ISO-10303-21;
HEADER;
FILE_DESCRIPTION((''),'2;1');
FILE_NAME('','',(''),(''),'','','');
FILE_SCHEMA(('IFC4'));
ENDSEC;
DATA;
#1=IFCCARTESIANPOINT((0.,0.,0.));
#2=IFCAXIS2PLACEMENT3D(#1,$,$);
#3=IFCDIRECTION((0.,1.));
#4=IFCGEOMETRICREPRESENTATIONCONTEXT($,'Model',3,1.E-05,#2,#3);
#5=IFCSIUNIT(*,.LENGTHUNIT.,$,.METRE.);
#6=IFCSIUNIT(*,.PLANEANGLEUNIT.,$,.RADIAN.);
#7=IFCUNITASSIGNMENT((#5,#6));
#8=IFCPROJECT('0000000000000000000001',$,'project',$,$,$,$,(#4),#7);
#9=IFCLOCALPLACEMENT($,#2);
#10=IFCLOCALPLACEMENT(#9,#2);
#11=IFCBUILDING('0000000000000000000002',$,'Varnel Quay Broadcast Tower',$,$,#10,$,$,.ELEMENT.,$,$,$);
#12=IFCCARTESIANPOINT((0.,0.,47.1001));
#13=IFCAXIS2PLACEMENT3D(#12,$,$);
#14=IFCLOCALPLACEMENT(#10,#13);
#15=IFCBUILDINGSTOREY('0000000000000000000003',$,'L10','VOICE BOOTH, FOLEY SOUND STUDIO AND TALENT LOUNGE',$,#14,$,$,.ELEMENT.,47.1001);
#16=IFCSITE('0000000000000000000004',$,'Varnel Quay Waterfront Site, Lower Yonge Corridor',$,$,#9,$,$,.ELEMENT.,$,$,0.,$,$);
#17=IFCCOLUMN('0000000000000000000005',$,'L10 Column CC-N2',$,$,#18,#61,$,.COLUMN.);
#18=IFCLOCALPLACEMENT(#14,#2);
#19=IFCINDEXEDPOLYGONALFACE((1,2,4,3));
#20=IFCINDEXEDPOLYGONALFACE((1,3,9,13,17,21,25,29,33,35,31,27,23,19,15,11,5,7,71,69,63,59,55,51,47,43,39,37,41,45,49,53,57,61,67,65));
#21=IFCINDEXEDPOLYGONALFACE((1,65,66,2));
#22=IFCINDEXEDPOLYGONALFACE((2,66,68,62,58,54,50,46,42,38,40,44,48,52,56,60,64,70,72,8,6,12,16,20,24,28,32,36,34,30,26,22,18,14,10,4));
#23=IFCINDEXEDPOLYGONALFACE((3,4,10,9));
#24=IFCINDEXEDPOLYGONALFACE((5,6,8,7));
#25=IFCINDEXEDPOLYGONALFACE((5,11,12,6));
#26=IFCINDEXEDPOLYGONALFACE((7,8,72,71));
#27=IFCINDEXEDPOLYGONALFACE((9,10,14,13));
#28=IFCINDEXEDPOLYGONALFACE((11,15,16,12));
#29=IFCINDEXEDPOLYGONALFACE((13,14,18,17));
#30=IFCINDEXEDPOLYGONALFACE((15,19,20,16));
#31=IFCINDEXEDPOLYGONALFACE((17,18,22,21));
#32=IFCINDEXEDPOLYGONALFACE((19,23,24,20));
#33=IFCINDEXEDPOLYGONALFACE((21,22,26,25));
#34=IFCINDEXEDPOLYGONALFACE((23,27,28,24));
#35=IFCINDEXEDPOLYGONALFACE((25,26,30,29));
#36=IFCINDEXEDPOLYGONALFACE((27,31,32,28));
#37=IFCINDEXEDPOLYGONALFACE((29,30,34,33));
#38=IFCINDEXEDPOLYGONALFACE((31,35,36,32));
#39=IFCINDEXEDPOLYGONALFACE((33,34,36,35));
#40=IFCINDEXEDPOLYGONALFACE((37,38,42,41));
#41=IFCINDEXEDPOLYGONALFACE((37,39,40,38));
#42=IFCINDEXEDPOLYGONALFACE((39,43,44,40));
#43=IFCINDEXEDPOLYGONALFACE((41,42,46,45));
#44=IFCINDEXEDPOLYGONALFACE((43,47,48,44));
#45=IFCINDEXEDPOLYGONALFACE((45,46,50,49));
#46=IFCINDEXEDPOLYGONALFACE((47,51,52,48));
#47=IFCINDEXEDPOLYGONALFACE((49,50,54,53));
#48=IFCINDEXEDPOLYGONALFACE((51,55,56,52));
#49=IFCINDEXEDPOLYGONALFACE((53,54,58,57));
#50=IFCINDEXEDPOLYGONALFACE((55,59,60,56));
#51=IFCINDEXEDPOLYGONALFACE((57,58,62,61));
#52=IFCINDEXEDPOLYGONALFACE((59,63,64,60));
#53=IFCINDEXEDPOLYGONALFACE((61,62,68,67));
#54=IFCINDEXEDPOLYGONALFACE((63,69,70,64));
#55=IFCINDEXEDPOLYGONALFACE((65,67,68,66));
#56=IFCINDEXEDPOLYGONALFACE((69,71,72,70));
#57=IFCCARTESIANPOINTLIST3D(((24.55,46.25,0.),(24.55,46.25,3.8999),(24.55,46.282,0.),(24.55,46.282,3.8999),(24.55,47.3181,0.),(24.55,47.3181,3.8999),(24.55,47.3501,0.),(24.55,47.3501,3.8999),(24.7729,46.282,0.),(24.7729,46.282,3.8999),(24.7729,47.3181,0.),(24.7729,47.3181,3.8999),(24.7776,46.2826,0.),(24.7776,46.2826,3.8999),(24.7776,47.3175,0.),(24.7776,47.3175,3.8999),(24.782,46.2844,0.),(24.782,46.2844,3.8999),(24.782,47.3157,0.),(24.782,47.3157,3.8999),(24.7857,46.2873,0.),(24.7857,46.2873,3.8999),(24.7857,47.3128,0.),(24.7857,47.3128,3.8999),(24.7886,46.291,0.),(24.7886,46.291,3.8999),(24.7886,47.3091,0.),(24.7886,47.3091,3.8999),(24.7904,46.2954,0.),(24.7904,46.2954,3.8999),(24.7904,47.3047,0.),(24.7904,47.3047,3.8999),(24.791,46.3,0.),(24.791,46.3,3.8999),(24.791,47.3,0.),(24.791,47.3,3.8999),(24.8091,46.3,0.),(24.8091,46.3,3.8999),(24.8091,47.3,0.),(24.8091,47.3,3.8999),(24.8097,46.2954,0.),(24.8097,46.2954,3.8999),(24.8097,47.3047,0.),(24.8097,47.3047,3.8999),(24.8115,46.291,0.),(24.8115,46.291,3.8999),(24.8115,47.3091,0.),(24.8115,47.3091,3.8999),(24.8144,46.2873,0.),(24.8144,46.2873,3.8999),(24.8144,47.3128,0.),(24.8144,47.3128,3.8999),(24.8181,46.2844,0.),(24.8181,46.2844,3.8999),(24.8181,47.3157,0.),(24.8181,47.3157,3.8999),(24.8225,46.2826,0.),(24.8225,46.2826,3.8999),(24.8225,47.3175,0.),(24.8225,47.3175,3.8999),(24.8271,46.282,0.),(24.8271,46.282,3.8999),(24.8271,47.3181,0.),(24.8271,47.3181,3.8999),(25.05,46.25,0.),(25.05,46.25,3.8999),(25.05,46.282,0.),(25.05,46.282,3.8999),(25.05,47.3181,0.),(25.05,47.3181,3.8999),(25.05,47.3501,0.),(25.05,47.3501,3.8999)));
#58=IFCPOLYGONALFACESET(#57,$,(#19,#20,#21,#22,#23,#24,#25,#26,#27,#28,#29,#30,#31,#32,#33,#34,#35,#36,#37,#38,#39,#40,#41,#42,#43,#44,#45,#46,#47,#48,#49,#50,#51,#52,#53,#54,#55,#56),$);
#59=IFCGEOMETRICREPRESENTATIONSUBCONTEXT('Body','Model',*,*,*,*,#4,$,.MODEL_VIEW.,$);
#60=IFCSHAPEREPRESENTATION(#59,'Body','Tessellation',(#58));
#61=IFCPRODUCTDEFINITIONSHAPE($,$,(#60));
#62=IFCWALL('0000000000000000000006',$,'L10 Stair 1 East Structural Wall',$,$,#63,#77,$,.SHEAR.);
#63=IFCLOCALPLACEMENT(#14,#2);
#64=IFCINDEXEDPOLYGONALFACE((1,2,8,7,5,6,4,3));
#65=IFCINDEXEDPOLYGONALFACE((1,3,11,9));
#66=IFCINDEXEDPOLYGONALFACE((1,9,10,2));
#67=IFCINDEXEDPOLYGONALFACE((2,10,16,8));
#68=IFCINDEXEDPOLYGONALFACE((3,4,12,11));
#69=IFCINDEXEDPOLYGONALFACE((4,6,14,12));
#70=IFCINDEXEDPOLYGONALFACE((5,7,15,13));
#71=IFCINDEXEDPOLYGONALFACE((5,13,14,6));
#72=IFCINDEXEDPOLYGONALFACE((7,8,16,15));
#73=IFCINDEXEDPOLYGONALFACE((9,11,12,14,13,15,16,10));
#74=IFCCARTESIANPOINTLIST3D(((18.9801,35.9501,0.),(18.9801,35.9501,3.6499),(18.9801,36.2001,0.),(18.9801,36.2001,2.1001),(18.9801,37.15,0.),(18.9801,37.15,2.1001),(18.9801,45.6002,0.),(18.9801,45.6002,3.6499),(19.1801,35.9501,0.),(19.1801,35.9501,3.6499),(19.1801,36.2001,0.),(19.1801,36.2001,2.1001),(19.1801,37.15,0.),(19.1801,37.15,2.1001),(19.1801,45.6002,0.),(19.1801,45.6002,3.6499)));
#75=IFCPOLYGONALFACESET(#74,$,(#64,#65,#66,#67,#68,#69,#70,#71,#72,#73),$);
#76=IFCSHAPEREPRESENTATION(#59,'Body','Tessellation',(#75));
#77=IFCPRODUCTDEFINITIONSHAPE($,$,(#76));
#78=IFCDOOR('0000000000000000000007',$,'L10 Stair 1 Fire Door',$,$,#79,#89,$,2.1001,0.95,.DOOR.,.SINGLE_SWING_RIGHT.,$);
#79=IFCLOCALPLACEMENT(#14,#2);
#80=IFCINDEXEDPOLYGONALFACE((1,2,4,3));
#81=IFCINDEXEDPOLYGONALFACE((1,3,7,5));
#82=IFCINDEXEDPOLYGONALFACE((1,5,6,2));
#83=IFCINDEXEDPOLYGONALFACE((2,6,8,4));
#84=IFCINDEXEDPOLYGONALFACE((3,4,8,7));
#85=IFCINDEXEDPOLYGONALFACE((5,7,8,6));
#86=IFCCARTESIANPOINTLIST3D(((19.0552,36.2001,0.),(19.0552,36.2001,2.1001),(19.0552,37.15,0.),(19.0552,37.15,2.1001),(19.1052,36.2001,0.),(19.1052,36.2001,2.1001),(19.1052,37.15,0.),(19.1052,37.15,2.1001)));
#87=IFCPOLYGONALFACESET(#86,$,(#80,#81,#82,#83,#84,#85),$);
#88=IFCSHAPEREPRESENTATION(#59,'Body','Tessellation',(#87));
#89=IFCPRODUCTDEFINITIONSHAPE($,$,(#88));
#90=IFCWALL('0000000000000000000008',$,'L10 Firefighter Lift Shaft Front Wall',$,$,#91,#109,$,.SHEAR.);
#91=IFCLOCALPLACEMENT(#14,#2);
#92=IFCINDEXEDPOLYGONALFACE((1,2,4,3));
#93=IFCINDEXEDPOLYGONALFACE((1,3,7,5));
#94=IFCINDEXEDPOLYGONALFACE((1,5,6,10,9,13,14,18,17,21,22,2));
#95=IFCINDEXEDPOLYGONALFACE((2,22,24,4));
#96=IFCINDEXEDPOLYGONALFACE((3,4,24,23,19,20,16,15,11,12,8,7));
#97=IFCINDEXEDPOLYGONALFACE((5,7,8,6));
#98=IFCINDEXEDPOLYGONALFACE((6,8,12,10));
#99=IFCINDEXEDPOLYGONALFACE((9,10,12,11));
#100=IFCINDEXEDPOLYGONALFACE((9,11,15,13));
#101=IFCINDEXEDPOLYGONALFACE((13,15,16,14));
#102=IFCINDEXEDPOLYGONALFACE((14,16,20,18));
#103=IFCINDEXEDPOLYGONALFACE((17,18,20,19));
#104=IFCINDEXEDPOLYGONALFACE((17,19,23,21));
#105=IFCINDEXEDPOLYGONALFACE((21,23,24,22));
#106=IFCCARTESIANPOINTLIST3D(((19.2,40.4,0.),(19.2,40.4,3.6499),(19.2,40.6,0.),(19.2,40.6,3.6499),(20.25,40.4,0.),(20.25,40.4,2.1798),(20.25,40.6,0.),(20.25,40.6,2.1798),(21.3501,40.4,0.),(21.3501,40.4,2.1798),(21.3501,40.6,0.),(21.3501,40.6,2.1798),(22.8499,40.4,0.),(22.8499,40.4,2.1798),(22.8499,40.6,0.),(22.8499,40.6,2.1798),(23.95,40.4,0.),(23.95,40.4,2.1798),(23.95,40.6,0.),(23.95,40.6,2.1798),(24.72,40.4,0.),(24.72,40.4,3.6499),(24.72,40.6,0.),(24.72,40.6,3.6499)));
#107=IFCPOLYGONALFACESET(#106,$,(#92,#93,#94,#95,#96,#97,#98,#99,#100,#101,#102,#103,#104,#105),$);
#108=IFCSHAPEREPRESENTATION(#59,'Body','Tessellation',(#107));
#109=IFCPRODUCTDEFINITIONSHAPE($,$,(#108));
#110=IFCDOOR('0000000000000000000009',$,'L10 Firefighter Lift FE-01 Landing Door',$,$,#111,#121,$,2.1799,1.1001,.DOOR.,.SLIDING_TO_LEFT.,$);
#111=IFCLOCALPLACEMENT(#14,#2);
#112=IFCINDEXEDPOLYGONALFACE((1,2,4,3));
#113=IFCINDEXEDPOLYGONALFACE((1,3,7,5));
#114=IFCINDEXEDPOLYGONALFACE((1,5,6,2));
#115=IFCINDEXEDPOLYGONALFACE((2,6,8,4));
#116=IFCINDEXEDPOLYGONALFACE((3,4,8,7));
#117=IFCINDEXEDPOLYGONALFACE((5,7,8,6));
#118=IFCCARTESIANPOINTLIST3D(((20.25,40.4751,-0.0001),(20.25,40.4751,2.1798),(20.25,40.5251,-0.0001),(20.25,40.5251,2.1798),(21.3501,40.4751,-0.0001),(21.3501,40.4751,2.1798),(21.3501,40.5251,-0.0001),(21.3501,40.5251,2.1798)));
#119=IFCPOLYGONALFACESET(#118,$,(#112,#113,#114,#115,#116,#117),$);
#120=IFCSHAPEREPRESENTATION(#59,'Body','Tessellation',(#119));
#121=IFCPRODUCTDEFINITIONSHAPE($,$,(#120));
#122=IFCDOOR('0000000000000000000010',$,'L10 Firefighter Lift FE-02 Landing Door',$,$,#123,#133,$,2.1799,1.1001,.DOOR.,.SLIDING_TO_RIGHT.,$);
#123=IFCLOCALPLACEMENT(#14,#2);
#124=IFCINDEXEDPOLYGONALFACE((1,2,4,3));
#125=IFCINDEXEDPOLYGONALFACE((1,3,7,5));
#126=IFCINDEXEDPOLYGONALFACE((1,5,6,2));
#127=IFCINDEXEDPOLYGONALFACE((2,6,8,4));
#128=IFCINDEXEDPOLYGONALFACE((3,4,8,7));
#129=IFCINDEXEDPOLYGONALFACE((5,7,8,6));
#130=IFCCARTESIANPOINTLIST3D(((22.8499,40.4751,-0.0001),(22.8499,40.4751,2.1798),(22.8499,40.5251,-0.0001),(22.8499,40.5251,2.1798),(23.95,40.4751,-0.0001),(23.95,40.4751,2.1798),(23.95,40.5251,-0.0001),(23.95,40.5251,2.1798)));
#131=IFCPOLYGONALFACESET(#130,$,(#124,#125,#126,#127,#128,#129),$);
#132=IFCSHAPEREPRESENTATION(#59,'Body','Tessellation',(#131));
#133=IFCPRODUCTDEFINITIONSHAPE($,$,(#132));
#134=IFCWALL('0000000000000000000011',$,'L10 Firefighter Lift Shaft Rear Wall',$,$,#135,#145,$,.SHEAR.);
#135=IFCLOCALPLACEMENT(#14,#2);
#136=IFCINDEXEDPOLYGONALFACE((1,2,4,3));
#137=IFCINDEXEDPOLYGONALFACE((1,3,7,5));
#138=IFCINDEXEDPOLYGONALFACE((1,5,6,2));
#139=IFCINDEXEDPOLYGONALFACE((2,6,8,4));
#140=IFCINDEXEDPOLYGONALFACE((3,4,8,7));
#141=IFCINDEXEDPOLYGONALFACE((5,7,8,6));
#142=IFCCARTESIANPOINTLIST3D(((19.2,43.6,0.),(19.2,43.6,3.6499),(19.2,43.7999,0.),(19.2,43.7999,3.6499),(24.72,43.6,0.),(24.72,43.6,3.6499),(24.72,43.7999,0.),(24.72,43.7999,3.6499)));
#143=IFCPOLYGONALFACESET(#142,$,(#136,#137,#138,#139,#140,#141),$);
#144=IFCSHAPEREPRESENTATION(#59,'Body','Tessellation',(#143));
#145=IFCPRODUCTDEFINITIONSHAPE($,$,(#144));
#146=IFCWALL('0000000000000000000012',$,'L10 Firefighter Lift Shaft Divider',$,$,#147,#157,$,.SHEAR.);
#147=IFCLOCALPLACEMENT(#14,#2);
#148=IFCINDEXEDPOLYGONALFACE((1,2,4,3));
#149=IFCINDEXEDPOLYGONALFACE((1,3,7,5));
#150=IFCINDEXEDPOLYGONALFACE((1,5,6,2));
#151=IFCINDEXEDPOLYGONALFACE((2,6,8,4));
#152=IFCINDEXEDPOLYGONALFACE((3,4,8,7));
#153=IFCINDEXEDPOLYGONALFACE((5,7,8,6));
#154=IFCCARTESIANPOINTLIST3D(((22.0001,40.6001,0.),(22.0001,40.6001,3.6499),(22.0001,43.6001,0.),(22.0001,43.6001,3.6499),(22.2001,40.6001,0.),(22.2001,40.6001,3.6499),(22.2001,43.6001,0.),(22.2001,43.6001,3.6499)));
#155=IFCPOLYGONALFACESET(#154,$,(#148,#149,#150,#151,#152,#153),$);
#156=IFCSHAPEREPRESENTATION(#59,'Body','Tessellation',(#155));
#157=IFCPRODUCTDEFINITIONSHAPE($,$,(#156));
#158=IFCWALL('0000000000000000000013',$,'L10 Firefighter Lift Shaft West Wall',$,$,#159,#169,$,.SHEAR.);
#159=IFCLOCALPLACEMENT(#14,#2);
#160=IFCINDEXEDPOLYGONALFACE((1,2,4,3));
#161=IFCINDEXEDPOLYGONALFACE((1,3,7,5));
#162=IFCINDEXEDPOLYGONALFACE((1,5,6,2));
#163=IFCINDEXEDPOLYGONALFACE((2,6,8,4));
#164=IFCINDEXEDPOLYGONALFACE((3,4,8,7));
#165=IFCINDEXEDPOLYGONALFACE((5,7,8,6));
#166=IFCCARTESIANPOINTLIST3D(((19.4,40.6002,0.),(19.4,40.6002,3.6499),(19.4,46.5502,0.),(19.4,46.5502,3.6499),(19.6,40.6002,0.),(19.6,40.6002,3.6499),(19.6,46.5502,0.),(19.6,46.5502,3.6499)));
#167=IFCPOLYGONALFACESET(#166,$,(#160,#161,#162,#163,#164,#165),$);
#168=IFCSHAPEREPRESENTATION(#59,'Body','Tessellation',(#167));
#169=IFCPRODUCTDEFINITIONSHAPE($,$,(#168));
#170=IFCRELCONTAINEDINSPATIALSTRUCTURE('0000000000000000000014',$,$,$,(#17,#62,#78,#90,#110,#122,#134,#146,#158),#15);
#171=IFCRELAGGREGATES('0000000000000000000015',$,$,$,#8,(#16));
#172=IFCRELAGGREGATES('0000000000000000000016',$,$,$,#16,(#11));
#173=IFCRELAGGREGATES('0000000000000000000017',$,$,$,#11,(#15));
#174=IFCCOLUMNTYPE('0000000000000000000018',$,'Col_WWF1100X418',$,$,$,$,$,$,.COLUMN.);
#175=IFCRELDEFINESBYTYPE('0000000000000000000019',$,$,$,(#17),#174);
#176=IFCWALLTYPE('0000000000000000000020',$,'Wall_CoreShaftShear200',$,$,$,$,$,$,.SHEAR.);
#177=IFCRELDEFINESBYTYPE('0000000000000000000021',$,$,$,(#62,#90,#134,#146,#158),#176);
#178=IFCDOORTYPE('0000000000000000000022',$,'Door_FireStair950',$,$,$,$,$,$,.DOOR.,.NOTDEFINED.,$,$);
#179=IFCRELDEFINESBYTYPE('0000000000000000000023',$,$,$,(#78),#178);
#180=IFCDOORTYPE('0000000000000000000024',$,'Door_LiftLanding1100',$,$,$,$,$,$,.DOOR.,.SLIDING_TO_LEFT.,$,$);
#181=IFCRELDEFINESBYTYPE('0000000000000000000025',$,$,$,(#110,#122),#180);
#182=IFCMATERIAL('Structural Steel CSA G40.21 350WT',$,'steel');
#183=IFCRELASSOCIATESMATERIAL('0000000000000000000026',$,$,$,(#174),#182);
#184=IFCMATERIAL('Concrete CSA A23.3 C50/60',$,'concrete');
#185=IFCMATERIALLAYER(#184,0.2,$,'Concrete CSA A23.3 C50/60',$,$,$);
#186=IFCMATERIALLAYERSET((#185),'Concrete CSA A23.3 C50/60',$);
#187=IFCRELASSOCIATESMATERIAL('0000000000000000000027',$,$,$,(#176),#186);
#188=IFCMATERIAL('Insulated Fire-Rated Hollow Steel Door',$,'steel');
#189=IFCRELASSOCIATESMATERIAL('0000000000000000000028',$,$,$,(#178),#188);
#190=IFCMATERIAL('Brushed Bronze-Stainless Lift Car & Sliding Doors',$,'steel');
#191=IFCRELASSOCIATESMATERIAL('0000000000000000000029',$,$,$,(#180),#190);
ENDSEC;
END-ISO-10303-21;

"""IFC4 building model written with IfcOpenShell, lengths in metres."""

from ifc_helpers import new_model, si_unit, direction, frame, frame_2d, origin, origin_2d, place, context, subcontext, project, spatial, rectangle, i_section, extrude, source, transform, mapped, material, layer, layer_set, material_profile, profile_set, type_object, type_shapes, element, fill, save


model = new_model("IFC4")

# Units and contexts
model_context = context("Model", 3, precision=1e-05, world=origin(), true_north=direction((0.0, 1.0)))
body_context = subcontext(model_context, "Body", "Model", "MODEL_VIEW")
ifc_project = project(units=[si_unit("LENGTHUNIT", "METRE"), si_unit("PLANEANGLEUNIT", "RADIAN")], contexts=[model_context])

# Site, building, storey
site_placement = place(None, origin())
site = spatial("IfcSite", under=ifc_project, at=site_placement, Name="Varnel Quay Waterfront Site, Lower Yonge Corridor", CompositionType="ELEMENT", RefElevation=0.0)
building_placement = place(site_placement, origin())
building = spatial("IfcBuilding", under=site, at=building_placement, Name="Varnel Quay Broadcast Tower", CompositionType="ELEMENT")
storey_placement = place(building_placement, frame((0.0, 0.0, 47.1001)))
storey = spatial("IfcBuildingStorey", under=building, at=storey_placement, Name="L10", Description="VOICE BOOTH, FOLEY SOUND STUDIO AND TALENT LOUNGE", CompositionType="ELEMENT", Elevation=47.1001)

# Column
ifc_material_1 = material(Name="Structural Steel CSA G40.21 350WT", Category="steel")
ifc_material_profile = material_profile(ifc_material_1, i_section(OverallWidth=0.5, OverallDepth=1.1001, WebThickness=0.0181, FlangeThickness=0.032, FilletRadius=0.0181, at=origin_2d()), Name="WWF1100X418")
ifc_profile_set = profile_set([ifc_material_profile], Name="Structural Steel CSA G40.21 350WT")
column_type = type_object("IfcColumnType", Name="Col_WWF1100X418", PredefinedType="COLUMN", material=ifc_profile_set)
shared_shape_1 = source(origin(), body_context, "Body", "SweptSolid", [
    extrude(i_section(OverallWidth=0.5, OverallDepth=1.1001, WebThickness=0.0181, FlangeThickness=0.032, FilletRadius=0.0181, at=origin_2d()), origin(), (0.0, 0.0, 1.0), 3.8999),
])
type_shapes(column_type, [shared_shape_1])
column_placement = place(storey_placement, frame((24.8, 46.8, 0.0), z_axis=(0.0, 0.0, 1.0), x_axis=(1.0, 0.0, 0.0)))
element("IfcColumn", 1, at=column_placement, inside=storey, type_object=column_type, Name="L10 Column CC-N2", PredefinedType="COLUMN", context=body_context, shape_type="MappedRepresentation", body=[
    mapped(shared_shape_1, transform((0.0, 0.0, 0.0), x_axis=(1.0, 0.0, 0.0), y_axis=(0.0, 1.0, 0.0), z_axis=(0.0, 0.0, 1.0), scale=1.0)),
])

# Wall, opening, door
ifc_material_2 = material(Name="Concrete CSA A23.3 C50/60", Category="concrete")
ifc_layer_1 = layer(ifc_material_2, 0.2, Name="Concrete CSA A23.3 C50/60")
ifc_layer_set_1 = layer_set([ifc_layer_1], Name="Concrete CSA A23.3 C50/60")
wall_type_1 = type_object("IfcWallType", Name="Wall_CoreShaftShear200", PredefinedType="SHEAR", material=ifc_layer_set_1)
wall_1_placement = place(storey_placement, frame((19.0801, 35.95, 0.0), z_axis=(0.0, 0.0, 1.0), x_axis=(0.0, 1.0, 0.0)))
wall_1 = element("IfcWall", 2, at=wall_1_placement, inside=storey, type_object=wall_type_1, Name="L10 Stair 1 East Structural Wall", PredefinedType="SHEAR", context=body_context, shape_type="SweptSolid", body=[
    extrude(rectangle(XDim=9.6501, YDim=0.2, at=frame_2d((4.8252, 0.0))), origin(), (0.0, 0.0, 1.0), 3.6499),
])
opening_1_placement = place(wall_1_placement, frame((0.25, 0.0, 0.0)))
opening_1 = element("IfcOpeningElement", 3, at=opening_1_placement, cuts=wall_1, PredefinedType="OPENING", context=body_context, shape_type="SweptSolid", body=[
    extrude(rectangle(XDim=0.95, YDim=2.1001, at=frame_2d((0.4751, 1.05))), frame((0.0, 0.1099, 0.0), z_axis=(0.0, -1.0, 0.0), x_axis=(1.0, 0.0, 0.0)), (0.0, 0.0, 1.0), 0.22),
])
ifc_material_3 = material(Name="Insulated Fire-Rated Hollow Steel Door", Category="steel")
door_type_1 = type_object("IfcDoorType", Name="Door_FireStair950", OperationType="NOTDEFINED", PredefinedType="DOOR", material=ifc_material_3)
shared_shape_2 = source(origin(), body_context, "Body", "SweptSolid", [
    extrude(rectangle(XDim=0.95, YDim=2.1001, at=frame_2d((0.4751, 1.05))), frame((0.0, 0.0249, 0.0), z_axis=(0.0, -1.0, 0.0), x_axis=(1.0, 0.0, 0.0)), (0.0, 0.0, 1.0), 0.05),
])
type_shapes(door_type_1, [shared_shape_2])
door_1_placement = place(opening_1_placement, origin())
door_1 = element("IfcDoor", 4, at=door_1_placement, inside=storey, type_object=door_type_1, Name="L10 Stair 1 Fire Door", OperationType="SINGLE_SWING_RIGHT", OverallHeight=2.1001, OverallWidth=0.95, PredefinedType="DOOR", context=body_context, shape_type="MappedRepresentation", body=[
    mapped(shared_shape_2, transform((0.0, 0.0, 0.0), x_axis=(1.0, 0.0, 0.0), y_axis=(0.0, 1.0, 0.0), z_axis=(0.0, 0.0, 1.0), scale=1.0)),
])
fill(opening_1, door_1)

# Wall, openings, doors
wall_2_placement = place(storey_placement, frame((19.2, 40.5, 0.0), z_axis=(0.0, 0.0, 1.0), x_axis=(1.0, 0.0, 0.0)))
wall_2 = element("IfcWall", 5, at=wall_2_placement, inside=storey, type_object=wall_type_1, Name="L10 Firefighter Lift Shaft Front Wall", PredefinedType="SHEAR", context=body_context, shape_type="SweptSolid", body=[
    extrude(rectangle(XDim=5.52, YDim=0.2, at=frame_2d((2.76, 0.0))), origin(), (0.0, 0.0, 1.0), 3.6499),
])
opening_2_placement = place(wall_2_placement, frame((1.05, 0.0, 0.0)))
opening_2 = element("IfcOpeningElement", 6, at=opening_2_placement, cuts=wall_2, PredefinedType="OPENING", context=body_context, shape_type="SweptSolid", body=[
    extrude(rectangle(XDim=1.1001, YDim=2.1799, at=frame_2d((0.55, 1.0898))), frame((0.0, 0.1099, 0.0), z_axis=(0.0, -1.0, 0.0), x_axis=(1.0, 0.0, 0.0)), (0.0, 0.0, 1.0), 0.22),
])
opening_3_placement = place(wall_2_placement, frame((3.6499, 0.0, 0.0)))
opening_3 = element("IfcOpeningElement", 7, at=opening_3_placement, cuts=wall_2, PredefinedType="OPENING", context=body_context, shape_type="SweptSolid", body=[
    extrude(rectangle(XDim=1.1001, YDim=2.1799, at=frame_2d((0.55, 1.0898))), frame((0.0, 0.1099, 0.0), z_axis=(0.0, -1.0, 0.0), x_axis=(1.0, 0.0, 0.0)), (0.0, 0.0, 1.0), 0.22),
])
ifc_material_4 = material(Name="Brushed Bronze-Stainless Lift Car & Sliding Doors", Category="steel")
door_type_2 = type_object("IfcDoorType", Name="Door_LiftLanding1100", OperationType="SLIDING_TO_LEFT", PredefinedType="DOOR", material=ifc_material_4)
shared_shape_3 = source(origin(), body_context, "Body", "SweptSolid", [
    extrude(rectangle(XDim=1.1001, YDim=2.1799, at=frame_2d((0.55, 1.0898))), frame((0.0, 0.0249, 0.0), z_axis=(0.0, -1.0, 0.0), x_axis=(1.0, 0.0, 0.0)), (0.0, 0.0, 1.0), 0.05),
])
type_shapes(door_type_2, [shared_shape_3])
door_2_placement = place(opening_2_placement, frame((1.1001, 0.0, 0.0), z_axis=(0.0, 0.0, 1.0), x_axis=(-1.0, 0.0, 0.0)))
door_2 = element("IfcDoor", 8, at=door_2_placement, inside=storey, type_object=door_type_2, Name="L10 Firefighter Lift FE-01 Landing Door", OperationType="SLIDING_TO_LEFT", OverallHeight=2.1799, OverallWidth=1.1001, PredefinedType="DOOR", context=body_context, shape_type="MappedRepresentation", body=[
    mapped(shared_shape_3, transform((0.0, 0.0, 0.0), x_axis=(1.0, 0.0, 0.0), y_axis=(0.0, 1.0, 0.0), z_axis=(0.0, 0.0, 1.0), scale=1.0)),
])
fill(opening_2, door_2)
door_3_placement = place(opening_3_placement, frame((1.1001, 0.0, 0.0), z_axis=(0.0, 0.0, 1.0), x_axis=(-1.0, 0.0, 0.0)))
door_3 = element("IfcDoor", 9, at=door_3_placement, inside=storey, type_object=door_type_2, Name="L10 Firefighter Lift FE-02 Landing Door", OperationType="SLIDING_TO_RIGHT", OverallHeight=2.1799, OverallWidth=1.1001, PredefinedType="DOOR", context=body_context, shape_type="MappedRepresentation", body=[
    mapped(shared_shape_3, transform((0.0, 0.0, 0.0), x_axis=(1.0, 0.0, 0.0), y_axis=(0.0, 1.0, 0.0), z_axis=(0.0, 0.0, 1.0), scale=1.0)),
])
fill(opening_3, door_3)

# Walls
wall_3_placement = place(storey_placement, frame((19.2, 43.7, 0.0), z_axis=(0.0, 0.0, 1.0), x_axis=(1.0, 0.0, 0.0)))
element("IfcWall", 10, at=wall_3_placement, inside=storey, type_object=wall_type_1, Name="L10 Firefighter Lift Shaft Rear Wall", PredefinedType="SHEAR", context=body_context, shape_type="SweptSolid", body=[
    extrude(rectangle(XDim=5.52, YDim=0.2, at=frame_2d((2.76, 0.0))), origin(), (0.0, 0.0, 1.0), 3.6499),
])
wall_4_placement = place(storey_placement, frame((22.1001, 40.6001, 0.0), z_axis=(0.0, 0.0, 1.0), x_axis=(0.0, 1.0, 0.0)))
element("IfcWall", 11, at=wall_4_placement, inside=storey, type_object=wall_type_1, Name="L10 Firefighter Lift Shaft Divider", PredefinedType="SHEAR", context=body_context, shape_type="SweptSolid", body=[
    extrude(rectangle(XDim=3.0, YDim=0.2, at=frame_2d((1.5, 0.0))), origin(), (0.0, 0.0, 1.0), 3.6499),
])
wall_5_placement = place(storey_placement, frame((19.5, 40.6001, 0.0), z_axis=(0.0, 0.0, 1.0), x_axis=(0.0, 1.0, 0.0)))
element("IfcWall", 12, at=wall_5_placement, inside=storey, type_object=wall_type_1, Name="L10 Firefighter Lift Shaft West Wall", PredefinedType="SHEAR", context=body_context, shape_type="SweptSolid", body=[
    extrude(rectangle(XDim=5.95, YDim=0.2, at=frame_2d((2.9751, 0.0))), origin(), (0.0, 0.0, 1.0), 3.6499),
])

save(model, "model.ifc")
